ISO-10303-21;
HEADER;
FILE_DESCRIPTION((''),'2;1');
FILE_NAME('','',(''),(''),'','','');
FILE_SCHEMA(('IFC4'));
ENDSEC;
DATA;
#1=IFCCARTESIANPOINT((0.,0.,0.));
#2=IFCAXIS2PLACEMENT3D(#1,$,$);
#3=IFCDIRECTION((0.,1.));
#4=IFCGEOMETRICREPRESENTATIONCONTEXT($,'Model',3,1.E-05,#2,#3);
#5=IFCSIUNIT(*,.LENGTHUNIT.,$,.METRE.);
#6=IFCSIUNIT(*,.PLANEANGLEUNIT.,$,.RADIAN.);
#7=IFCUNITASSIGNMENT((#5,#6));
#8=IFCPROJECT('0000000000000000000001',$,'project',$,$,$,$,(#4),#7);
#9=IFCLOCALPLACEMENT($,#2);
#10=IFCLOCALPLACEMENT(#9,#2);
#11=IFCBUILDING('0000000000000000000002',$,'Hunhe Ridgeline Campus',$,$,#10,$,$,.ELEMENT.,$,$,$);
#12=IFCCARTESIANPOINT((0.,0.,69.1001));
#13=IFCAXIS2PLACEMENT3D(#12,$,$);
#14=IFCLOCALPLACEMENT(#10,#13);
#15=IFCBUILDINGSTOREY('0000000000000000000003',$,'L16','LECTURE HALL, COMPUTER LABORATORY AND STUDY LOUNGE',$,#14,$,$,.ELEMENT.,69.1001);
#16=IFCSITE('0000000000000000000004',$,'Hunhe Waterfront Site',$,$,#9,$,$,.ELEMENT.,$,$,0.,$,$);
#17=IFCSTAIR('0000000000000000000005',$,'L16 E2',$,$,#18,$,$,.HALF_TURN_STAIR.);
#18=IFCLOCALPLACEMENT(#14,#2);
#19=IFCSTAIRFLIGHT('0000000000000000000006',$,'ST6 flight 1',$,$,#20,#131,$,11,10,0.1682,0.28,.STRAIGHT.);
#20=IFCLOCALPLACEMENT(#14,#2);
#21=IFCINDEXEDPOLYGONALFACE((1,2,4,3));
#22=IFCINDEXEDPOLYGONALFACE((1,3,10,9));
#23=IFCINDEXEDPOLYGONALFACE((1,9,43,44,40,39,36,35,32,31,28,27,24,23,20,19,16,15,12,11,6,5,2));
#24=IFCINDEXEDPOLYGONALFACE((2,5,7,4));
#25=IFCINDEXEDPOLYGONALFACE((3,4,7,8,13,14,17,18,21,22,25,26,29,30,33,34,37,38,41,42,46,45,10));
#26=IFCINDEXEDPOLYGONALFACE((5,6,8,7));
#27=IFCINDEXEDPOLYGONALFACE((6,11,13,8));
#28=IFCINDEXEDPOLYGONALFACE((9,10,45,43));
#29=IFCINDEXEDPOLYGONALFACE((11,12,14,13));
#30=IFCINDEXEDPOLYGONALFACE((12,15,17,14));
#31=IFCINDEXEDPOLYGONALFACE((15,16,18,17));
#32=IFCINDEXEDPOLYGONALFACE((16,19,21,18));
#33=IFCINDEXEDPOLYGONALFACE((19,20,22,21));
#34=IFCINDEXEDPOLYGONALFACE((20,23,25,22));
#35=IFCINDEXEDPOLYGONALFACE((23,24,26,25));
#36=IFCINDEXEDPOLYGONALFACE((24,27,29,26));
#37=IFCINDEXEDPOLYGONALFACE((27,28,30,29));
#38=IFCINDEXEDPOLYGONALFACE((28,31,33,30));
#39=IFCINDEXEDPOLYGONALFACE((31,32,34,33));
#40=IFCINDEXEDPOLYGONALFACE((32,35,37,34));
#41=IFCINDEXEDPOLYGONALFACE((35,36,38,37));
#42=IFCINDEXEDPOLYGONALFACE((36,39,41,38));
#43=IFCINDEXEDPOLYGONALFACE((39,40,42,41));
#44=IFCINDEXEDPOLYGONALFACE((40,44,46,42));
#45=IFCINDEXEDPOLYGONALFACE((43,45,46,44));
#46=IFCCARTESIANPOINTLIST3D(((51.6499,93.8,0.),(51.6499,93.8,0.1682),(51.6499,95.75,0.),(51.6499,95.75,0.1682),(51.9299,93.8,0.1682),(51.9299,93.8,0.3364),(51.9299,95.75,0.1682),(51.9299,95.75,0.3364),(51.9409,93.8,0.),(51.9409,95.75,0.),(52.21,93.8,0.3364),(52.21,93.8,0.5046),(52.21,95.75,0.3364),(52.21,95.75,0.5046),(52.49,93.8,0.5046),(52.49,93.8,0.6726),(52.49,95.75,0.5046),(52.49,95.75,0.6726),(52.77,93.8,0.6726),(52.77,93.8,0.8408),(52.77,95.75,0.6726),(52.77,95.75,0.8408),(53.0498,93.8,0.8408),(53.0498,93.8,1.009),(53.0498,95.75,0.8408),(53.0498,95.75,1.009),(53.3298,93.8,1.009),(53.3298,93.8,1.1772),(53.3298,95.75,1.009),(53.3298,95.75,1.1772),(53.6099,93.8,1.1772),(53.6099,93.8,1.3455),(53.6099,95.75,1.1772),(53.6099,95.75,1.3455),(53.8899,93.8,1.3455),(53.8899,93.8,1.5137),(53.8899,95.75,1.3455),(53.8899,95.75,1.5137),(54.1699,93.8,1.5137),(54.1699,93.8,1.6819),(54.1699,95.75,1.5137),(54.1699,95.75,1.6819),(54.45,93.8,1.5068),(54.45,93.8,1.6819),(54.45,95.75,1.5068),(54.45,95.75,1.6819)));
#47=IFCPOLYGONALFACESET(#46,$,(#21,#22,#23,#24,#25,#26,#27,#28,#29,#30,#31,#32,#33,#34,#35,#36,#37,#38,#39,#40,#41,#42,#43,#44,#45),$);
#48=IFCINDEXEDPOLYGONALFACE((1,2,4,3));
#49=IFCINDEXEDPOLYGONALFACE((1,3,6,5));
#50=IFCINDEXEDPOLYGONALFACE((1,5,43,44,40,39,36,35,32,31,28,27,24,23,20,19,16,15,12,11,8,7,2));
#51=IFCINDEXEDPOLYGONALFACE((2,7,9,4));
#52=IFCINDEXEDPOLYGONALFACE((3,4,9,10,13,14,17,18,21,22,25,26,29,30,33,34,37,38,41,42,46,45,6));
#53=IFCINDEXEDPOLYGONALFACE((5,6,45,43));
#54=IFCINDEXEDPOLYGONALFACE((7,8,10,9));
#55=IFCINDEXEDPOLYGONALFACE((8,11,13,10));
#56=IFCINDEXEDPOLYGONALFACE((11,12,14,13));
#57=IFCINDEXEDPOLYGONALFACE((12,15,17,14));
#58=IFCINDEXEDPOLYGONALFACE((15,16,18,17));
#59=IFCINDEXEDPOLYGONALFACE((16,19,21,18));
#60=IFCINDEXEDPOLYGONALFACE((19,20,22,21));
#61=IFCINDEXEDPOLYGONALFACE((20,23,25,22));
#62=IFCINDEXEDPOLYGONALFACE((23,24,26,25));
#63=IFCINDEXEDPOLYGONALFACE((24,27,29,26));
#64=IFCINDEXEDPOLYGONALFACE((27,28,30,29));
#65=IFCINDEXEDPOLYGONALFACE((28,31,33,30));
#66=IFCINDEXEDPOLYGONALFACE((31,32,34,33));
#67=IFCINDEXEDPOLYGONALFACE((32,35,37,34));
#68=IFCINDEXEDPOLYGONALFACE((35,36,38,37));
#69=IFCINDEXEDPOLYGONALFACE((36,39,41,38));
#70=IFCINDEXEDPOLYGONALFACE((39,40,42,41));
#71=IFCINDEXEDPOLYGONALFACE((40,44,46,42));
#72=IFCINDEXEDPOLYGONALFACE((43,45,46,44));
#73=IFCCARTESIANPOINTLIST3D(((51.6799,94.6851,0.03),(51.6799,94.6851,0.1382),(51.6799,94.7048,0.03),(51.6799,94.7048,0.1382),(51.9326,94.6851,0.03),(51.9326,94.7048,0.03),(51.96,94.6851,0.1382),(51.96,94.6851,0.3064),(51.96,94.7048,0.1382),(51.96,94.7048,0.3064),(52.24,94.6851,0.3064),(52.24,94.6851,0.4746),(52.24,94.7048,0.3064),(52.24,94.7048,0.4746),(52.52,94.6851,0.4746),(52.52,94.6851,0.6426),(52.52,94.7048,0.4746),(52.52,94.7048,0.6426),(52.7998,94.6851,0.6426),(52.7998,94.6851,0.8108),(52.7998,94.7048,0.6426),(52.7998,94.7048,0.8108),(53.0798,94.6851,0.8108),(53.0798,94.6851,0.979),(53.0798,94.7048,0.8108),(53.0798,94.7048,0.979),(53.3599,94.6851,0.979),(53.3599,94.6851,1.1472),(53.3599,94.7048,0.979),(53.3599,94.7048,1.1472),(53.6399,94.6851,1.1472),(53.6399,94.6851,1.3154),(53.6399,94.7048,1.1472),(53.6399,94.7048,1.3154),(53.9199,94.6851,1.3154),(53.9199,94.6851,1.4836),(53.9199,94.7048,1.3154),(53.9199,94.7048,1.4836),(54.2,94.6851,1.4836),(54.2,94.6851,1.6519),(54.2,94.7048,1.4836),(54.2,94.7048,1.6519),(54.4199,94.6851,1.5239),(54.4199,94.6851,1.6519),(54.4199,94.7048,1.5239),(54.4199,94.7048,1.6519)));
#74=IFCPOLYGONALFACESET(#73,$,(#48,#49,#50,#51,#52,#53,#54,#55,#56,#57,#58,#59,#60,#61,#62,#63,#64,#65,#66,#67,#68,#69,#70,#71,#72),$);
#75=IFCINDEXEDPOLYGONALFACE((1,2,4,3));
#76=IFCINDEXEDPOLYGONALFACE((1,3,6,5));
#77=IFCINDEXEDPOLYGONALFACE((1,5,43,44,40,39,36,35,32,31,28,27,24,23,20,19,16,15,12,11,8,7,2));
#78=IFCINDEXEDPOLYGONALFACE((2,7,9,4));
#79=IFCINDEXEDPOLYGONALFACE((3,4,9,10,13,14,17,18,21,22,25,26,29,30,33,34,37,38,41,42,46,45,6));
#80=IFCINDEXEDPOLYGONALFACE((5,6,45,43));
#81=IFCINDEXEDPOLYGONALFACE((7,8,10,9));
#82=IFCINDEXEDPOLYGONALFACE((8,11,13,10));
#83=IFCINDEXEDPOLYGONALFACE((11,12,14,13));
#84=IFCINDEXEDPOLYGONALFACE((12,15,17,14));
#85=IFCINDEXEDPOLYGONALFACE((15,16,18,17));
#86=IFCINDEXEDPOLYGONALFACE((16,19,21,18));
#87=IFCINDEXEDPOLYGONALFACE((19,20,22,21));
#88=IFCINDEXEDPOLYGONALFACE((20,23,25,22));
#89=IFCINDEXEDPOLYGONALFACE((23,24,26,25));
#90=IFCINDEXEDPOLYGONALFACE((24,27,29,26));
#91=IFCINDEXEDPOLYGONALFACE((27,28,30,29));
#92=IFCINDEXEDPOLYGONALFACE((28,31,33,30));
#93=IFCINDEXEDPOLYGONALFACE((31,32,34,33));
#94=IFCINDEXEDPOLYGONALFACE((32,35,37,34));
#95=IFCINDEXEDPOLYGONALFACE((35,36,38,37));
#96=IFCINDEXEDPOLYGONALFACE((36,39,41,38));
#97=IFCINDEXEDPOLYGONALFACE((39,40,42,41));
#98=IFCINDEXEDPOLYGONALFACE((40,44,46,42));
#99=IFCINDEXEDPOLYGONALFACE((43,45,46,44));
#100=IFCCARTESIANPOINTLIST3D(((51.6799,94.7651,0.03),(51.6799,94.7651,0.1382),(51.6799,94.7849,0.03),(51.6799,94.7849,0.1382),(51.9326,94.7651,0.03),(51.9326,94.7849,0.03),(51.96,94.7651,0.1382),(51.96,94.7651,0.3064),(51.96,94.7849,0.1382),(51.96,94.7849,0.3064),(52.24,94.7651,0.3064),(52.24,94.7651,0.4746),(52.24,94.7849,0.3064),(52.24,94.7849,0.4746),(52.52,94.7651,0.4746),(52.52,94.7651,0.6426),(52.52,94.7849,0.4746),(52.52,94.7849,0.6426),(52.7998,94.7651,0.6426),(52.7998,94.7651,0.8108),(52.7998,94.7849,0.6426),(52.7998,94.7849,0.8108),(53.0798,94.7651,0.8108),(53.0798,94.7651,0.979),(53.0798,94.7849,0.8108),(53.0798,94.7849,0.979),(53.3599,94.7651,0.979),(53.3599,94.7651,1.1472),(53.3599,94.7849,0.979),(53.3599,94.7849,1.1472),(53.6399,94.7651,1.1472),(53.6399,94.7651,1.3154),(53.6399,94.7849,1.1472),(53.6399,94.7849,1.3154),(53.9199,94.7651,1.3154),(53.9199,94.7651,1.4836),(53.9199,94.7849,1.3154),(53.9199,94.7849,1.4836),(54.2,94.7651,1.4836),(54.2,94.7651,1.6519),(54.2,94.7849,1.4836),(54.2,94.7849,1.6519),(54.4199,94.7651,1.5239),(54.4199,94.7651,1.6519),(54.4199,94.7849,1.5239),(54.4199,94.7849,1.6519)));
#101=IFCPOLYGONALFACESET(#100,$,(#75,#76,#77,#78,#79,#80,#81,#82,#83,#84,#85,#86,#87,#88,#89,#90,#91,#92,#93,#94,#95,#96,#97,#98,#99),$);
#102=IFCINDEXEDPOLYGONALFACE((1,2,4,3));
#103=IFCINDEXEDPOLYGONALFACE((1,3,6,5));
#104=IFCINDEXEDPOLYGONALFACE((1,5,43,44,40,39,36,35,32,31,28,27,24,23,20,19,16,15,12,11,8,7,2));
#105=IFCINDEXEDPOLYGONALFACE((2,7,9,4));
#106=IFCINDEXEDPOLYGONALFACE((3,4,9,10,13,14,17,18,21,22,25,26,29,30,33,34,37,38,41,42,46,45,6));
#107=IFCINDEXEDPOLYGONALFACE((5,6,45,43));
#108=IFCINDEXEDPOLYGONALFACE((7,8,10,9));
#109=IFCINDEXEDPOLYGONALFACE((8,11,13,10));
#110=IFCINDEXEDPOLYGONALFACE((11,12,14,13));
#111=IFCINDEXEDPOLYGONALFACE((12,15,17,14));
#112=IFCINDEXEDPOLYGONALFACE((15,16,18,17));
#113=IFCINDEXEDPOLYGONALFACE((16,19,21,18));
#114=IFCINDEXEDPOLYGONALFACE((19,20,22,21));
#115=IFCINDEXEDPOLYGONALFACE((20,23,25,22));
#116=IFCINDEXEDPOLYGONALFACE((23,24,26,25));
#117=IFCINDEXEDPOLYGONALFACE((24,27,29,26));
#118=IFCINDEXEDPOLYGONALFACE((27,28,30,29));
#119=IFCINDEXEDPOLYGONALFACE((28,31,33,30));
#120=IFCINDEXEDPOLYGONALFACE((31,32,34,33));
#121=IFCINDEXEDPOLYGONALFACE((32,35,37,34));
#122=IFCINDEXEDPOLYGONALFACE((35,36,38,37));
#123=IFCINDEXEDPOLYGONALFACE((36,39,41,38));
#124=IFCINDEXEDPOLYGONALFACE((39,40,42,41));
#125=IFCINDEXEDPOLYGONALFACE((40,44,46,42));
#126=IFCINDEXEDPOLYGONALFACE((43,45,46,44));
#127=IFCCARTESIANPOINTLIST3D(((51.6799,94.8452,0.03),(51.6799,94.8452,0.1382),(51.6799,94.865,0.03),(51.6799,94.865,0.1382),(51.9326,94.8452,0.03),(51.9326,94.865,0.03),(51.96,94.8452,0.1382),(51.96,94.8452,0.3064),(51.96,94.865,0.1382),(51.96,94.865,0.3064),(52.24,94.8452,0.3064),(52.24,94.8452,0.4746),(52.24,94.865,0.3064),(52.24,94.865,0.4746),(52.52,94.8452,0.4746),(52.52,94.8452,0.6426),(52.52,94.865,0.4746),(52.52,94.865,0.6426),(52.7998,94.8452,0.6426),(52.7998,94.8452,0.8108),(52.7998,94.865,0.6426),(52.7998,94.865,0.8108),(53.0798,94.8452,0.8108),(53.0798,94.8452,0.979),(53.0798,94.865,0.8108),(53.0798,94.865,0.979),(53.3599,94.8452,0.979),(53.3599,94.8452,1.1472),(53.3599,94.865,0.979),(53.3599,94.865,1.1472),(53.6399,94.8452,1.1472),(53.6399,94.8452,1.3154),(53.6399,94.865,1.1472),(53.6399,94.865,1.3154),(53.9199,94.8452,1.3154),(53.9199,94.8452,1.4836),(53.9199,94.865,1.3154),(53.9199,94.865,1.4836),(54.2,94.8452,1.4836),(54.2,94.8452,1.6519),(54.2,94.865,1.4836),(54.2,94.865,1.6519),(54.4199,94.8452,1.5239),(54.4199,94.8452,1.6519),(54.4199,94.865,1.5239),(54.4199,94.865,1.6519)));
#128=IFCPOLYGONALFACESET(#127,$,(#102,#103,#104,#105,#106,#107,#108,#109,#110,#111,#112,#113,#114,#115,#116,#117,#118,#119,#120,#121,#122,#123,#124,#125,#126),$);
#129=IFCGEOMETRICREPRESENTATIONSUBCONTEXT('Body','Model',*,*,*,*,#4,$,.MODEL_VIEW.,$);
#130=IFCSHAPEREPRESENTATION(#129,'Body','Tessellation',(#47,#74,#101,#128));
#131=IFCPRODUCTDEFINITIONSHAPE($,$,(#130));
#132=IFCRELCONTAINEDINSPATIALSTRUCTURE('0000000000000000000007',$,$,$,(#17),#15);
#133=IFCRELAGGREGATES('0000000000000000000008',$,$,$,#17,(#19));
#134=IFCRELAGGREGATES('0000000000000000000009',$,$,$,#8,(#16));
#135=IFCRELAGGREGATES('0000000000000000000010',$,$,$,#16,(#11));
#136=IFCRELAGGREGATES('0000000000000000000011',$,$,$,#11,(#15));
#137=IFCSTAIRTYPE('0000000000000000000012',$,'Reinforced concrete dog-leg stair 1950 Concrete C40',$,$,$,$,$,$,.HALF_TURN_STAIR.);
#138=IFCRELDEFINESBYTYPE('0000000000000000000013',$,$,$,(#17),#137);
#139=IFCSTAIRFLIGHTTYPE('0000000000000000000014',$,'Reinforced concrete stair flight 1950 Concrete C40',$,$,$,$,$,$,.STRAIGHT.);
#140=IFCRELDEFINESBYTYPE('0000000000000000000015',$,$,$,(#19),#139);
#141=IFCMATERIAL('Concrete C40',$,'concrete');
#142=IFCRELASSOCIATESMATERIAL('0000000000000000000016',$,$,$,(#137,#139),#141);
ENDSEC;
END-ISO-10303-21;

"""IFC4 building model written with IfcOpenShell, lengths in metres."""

from ifc_helpers import new_model, si_unit, direction, frame, origin, place, context, subcontext, project, spatial, polyline, outline, extrude, material, type_object, element, aggregate, save


model = new_model("IFC4")

# Units and contexts
model_context = context("Model", 3, precision=1e-05, world=origin(), true_north=direction((0.0, 1.0)))
body_context = subcontext(model_context, "Body", "Model", "MODEL_VIEW")
ifc_project = project(units=[si_unit("LENGTHUNIT", "METRE"), si_unit("PLANEANGLEUNIT", "RADIAN")], contexts=[model_context])

# Site, building, storey
site_placement = place(None, origin())
site = spatial("IfcSite", under=ifc_project, at=site_placement, Name="Hunhe Waterfront Site", CompositionType="ELEMENT", RefElevation=0.0)
building_placement = place(site_placement, origin())
building = spatial("IfcBuilding", under=site, at=building_placement, Name="Hunhe Ridgeline Campus", CompositionType="ELEMENT")
storey_placement = place(building_placement, frame((0.0, 0.0, 69.1001)))
storey = spatial("IfcBuildingStorey", under=building, at=storey_placement, Name="L16", Description="LECTURE HALL, COMPUTER LABORATORY AND STUDY LOUNGE", CompositionType="ELEMENT", Elevation=69.1001)

# Stair, stair flight
ifc_material_1 = material(Name="Concrete C40", Category="concrete")
stair_type = type_object("IfcStairType", Name="Reinforced concrete dog-leg stair 1950 Concrete C40", PredefinedType="HALF_TURN_STAIR", material=ifc_material_1)
stair_flight_type = type_object("IfcStairFlightType", Name="Reinforced concrete stair flight 1950 Concrete C40", PredefinedType="STRAIGHT", material=ifc_material_1)
stair_1_placement = place(storey_placement, origin())
stair_1 = element("IfcStair", 1, at=stair_1_placement, inside=storey, type_object=stair_type, Name="L16 E2", PredefinedType="HALF_TURN_STAIR")
stair_flight_1_placement = place(storey_placement, frame((51.6499, 94.7749, 0.0), z_axis=(0.0, 0.0, 1.0), x_axis=(1.0, 0.0, 0.0)))
stair_flight_1 = element("IfcStairFlight", 2, at=stair_flight_1_placement, type_object=stair_flight_type, Name="ST6 flight 1", NumberOfRisers=11, NumberOfTreads=10, PredefinedType="STRAIGHT", RiserHeight=0.1682, TreadLength=0.28, context=body_context, shape_type="SweptSolid", body=[
    extrude(outline(polyline([(0.0, 0.0), (0.0, 0.1682), (0.28, 0.1682), (0.28, 0.3364), (0.5601, 0.3364), (0.5601, 0.5046), (0.8401, 0.5046), (0.8401, 0.6726), (1.1201, 0.6726), (1.1201, 0.8408), (1.3999, 0.8408), (1.3999, 1.009), (1.6799, 1.009), (1.6799, 1.1772), (1.96, 1.1772), (1.96, 1.3455), (2.24, 1.3455), (2.24, 1.5137), (2.52, 1.5137), (2.52, 1.6819), (2.8, 1.6819), (2.8, 1.8501), (2.8, 1.5068), (0.291, 0.0), (0.0, 0.0)])), frame((0.0, 0.9751, 0.0), z_axis=(0.0, -1.0, 0.0), x_axis=(1.0, 0.0, 0.0)), (0.0, 0.0, 1.0), 1.95),
    extrude(outline(polyline([(0.03, 0.03), (0.03, 0.1382), (0.3101, 0.1382), (0.3101, 0.3064), (0.5901, 0.3064), (0.5901, 0.4746), (0.8701, 0.4746), (0.8701, 0.6426), (1.1499, 0.6426), (1.1499, 0.8108), (1.4299, 0.8108), (1.4299, 0.979), (1.71, 0.979), (1.71, 1.1472), (1.99, 1.1472), (1.99, 1.3154), (2.27, 1.3154), (2.27, 1.4836), (2.55, 1.4836), (2.55, 1.6519), (2.77, 1.6519), (2.77, 1.5239), (0.2827, 0.03), (0.03, 0.03)])), frame((0.0, -0.0701, 0.0), z_axis=(0.0, -1.0, 0.0), x_axis=(1.0, 0.0, 0.0)), (0.0, 0.0, 1.0), 0.0198),
    extrude(outline(polyline([(0.03, 0.03), (0.03, 0.1382), (0.3101, 0.1382), (0.3101, 0.3064), (0.5901, 0.3064), (0.5901, 0.4746), (0.8701, 0.4746), (0.8701, 0.6426), (1.1499, 0.6426), (1.1499, 0.8108), (1.4299, 0.8108), (1.4299, 0.979), (1.71, 0.979), (1.71, 1.1472), (1.99, 1.1472), (1.99, 1.3154), (2.27, 1.3154), (2.27, 1.4836), (2.55, 1.4836), (2.55, 1.6519), (2.77, 1.6519), (2.77, 1.5239), (0.2827, 0.03), (0.03, 0.03)])), frame((0.0, 0.01, 0.0), z_axis=(0.0, -1.0, 0.0), x_axis=(1.0, 0.0, 0.0)), (0.0, 0.0, 1.0), 0.0198),
    extrude(outline(polyline([(0.03, 0.03), (0.03, 0.1382), (0.3101, 0.1382), (0.3101, 0.3064), (0.5901, 0.3064), (0.5901, 0.4746), (0.8701, 0.4746), (0.8701, 0.6426), (1.1499, 0.6426), (1.1499, 0.8108), (1.4299, 0.8108), (1.4299, 0.979), (1.71, 0.979), (1.71, 1.1472), (1.99, 1.1472), (1.99, 1.3154), (2.27, 1.3154), (2.27, 1.4836), (2.55, 1.4836), (2.55, 1.6519), (2.77, 1.6519), (2.77, 1.5239), (0.2827, 0.03), (0.03, 0.03)])), frame((0.0, 0.0901, 0.0), z_axis=(0.0, -1.0, 0.0), x_axis=(1.0, 0.0, 0.0)), (0.0, 0.0, 1.0), 0.0198),
])
aggregate(stair_1, [stair_flight_1])

save(model, "model.ifc")
